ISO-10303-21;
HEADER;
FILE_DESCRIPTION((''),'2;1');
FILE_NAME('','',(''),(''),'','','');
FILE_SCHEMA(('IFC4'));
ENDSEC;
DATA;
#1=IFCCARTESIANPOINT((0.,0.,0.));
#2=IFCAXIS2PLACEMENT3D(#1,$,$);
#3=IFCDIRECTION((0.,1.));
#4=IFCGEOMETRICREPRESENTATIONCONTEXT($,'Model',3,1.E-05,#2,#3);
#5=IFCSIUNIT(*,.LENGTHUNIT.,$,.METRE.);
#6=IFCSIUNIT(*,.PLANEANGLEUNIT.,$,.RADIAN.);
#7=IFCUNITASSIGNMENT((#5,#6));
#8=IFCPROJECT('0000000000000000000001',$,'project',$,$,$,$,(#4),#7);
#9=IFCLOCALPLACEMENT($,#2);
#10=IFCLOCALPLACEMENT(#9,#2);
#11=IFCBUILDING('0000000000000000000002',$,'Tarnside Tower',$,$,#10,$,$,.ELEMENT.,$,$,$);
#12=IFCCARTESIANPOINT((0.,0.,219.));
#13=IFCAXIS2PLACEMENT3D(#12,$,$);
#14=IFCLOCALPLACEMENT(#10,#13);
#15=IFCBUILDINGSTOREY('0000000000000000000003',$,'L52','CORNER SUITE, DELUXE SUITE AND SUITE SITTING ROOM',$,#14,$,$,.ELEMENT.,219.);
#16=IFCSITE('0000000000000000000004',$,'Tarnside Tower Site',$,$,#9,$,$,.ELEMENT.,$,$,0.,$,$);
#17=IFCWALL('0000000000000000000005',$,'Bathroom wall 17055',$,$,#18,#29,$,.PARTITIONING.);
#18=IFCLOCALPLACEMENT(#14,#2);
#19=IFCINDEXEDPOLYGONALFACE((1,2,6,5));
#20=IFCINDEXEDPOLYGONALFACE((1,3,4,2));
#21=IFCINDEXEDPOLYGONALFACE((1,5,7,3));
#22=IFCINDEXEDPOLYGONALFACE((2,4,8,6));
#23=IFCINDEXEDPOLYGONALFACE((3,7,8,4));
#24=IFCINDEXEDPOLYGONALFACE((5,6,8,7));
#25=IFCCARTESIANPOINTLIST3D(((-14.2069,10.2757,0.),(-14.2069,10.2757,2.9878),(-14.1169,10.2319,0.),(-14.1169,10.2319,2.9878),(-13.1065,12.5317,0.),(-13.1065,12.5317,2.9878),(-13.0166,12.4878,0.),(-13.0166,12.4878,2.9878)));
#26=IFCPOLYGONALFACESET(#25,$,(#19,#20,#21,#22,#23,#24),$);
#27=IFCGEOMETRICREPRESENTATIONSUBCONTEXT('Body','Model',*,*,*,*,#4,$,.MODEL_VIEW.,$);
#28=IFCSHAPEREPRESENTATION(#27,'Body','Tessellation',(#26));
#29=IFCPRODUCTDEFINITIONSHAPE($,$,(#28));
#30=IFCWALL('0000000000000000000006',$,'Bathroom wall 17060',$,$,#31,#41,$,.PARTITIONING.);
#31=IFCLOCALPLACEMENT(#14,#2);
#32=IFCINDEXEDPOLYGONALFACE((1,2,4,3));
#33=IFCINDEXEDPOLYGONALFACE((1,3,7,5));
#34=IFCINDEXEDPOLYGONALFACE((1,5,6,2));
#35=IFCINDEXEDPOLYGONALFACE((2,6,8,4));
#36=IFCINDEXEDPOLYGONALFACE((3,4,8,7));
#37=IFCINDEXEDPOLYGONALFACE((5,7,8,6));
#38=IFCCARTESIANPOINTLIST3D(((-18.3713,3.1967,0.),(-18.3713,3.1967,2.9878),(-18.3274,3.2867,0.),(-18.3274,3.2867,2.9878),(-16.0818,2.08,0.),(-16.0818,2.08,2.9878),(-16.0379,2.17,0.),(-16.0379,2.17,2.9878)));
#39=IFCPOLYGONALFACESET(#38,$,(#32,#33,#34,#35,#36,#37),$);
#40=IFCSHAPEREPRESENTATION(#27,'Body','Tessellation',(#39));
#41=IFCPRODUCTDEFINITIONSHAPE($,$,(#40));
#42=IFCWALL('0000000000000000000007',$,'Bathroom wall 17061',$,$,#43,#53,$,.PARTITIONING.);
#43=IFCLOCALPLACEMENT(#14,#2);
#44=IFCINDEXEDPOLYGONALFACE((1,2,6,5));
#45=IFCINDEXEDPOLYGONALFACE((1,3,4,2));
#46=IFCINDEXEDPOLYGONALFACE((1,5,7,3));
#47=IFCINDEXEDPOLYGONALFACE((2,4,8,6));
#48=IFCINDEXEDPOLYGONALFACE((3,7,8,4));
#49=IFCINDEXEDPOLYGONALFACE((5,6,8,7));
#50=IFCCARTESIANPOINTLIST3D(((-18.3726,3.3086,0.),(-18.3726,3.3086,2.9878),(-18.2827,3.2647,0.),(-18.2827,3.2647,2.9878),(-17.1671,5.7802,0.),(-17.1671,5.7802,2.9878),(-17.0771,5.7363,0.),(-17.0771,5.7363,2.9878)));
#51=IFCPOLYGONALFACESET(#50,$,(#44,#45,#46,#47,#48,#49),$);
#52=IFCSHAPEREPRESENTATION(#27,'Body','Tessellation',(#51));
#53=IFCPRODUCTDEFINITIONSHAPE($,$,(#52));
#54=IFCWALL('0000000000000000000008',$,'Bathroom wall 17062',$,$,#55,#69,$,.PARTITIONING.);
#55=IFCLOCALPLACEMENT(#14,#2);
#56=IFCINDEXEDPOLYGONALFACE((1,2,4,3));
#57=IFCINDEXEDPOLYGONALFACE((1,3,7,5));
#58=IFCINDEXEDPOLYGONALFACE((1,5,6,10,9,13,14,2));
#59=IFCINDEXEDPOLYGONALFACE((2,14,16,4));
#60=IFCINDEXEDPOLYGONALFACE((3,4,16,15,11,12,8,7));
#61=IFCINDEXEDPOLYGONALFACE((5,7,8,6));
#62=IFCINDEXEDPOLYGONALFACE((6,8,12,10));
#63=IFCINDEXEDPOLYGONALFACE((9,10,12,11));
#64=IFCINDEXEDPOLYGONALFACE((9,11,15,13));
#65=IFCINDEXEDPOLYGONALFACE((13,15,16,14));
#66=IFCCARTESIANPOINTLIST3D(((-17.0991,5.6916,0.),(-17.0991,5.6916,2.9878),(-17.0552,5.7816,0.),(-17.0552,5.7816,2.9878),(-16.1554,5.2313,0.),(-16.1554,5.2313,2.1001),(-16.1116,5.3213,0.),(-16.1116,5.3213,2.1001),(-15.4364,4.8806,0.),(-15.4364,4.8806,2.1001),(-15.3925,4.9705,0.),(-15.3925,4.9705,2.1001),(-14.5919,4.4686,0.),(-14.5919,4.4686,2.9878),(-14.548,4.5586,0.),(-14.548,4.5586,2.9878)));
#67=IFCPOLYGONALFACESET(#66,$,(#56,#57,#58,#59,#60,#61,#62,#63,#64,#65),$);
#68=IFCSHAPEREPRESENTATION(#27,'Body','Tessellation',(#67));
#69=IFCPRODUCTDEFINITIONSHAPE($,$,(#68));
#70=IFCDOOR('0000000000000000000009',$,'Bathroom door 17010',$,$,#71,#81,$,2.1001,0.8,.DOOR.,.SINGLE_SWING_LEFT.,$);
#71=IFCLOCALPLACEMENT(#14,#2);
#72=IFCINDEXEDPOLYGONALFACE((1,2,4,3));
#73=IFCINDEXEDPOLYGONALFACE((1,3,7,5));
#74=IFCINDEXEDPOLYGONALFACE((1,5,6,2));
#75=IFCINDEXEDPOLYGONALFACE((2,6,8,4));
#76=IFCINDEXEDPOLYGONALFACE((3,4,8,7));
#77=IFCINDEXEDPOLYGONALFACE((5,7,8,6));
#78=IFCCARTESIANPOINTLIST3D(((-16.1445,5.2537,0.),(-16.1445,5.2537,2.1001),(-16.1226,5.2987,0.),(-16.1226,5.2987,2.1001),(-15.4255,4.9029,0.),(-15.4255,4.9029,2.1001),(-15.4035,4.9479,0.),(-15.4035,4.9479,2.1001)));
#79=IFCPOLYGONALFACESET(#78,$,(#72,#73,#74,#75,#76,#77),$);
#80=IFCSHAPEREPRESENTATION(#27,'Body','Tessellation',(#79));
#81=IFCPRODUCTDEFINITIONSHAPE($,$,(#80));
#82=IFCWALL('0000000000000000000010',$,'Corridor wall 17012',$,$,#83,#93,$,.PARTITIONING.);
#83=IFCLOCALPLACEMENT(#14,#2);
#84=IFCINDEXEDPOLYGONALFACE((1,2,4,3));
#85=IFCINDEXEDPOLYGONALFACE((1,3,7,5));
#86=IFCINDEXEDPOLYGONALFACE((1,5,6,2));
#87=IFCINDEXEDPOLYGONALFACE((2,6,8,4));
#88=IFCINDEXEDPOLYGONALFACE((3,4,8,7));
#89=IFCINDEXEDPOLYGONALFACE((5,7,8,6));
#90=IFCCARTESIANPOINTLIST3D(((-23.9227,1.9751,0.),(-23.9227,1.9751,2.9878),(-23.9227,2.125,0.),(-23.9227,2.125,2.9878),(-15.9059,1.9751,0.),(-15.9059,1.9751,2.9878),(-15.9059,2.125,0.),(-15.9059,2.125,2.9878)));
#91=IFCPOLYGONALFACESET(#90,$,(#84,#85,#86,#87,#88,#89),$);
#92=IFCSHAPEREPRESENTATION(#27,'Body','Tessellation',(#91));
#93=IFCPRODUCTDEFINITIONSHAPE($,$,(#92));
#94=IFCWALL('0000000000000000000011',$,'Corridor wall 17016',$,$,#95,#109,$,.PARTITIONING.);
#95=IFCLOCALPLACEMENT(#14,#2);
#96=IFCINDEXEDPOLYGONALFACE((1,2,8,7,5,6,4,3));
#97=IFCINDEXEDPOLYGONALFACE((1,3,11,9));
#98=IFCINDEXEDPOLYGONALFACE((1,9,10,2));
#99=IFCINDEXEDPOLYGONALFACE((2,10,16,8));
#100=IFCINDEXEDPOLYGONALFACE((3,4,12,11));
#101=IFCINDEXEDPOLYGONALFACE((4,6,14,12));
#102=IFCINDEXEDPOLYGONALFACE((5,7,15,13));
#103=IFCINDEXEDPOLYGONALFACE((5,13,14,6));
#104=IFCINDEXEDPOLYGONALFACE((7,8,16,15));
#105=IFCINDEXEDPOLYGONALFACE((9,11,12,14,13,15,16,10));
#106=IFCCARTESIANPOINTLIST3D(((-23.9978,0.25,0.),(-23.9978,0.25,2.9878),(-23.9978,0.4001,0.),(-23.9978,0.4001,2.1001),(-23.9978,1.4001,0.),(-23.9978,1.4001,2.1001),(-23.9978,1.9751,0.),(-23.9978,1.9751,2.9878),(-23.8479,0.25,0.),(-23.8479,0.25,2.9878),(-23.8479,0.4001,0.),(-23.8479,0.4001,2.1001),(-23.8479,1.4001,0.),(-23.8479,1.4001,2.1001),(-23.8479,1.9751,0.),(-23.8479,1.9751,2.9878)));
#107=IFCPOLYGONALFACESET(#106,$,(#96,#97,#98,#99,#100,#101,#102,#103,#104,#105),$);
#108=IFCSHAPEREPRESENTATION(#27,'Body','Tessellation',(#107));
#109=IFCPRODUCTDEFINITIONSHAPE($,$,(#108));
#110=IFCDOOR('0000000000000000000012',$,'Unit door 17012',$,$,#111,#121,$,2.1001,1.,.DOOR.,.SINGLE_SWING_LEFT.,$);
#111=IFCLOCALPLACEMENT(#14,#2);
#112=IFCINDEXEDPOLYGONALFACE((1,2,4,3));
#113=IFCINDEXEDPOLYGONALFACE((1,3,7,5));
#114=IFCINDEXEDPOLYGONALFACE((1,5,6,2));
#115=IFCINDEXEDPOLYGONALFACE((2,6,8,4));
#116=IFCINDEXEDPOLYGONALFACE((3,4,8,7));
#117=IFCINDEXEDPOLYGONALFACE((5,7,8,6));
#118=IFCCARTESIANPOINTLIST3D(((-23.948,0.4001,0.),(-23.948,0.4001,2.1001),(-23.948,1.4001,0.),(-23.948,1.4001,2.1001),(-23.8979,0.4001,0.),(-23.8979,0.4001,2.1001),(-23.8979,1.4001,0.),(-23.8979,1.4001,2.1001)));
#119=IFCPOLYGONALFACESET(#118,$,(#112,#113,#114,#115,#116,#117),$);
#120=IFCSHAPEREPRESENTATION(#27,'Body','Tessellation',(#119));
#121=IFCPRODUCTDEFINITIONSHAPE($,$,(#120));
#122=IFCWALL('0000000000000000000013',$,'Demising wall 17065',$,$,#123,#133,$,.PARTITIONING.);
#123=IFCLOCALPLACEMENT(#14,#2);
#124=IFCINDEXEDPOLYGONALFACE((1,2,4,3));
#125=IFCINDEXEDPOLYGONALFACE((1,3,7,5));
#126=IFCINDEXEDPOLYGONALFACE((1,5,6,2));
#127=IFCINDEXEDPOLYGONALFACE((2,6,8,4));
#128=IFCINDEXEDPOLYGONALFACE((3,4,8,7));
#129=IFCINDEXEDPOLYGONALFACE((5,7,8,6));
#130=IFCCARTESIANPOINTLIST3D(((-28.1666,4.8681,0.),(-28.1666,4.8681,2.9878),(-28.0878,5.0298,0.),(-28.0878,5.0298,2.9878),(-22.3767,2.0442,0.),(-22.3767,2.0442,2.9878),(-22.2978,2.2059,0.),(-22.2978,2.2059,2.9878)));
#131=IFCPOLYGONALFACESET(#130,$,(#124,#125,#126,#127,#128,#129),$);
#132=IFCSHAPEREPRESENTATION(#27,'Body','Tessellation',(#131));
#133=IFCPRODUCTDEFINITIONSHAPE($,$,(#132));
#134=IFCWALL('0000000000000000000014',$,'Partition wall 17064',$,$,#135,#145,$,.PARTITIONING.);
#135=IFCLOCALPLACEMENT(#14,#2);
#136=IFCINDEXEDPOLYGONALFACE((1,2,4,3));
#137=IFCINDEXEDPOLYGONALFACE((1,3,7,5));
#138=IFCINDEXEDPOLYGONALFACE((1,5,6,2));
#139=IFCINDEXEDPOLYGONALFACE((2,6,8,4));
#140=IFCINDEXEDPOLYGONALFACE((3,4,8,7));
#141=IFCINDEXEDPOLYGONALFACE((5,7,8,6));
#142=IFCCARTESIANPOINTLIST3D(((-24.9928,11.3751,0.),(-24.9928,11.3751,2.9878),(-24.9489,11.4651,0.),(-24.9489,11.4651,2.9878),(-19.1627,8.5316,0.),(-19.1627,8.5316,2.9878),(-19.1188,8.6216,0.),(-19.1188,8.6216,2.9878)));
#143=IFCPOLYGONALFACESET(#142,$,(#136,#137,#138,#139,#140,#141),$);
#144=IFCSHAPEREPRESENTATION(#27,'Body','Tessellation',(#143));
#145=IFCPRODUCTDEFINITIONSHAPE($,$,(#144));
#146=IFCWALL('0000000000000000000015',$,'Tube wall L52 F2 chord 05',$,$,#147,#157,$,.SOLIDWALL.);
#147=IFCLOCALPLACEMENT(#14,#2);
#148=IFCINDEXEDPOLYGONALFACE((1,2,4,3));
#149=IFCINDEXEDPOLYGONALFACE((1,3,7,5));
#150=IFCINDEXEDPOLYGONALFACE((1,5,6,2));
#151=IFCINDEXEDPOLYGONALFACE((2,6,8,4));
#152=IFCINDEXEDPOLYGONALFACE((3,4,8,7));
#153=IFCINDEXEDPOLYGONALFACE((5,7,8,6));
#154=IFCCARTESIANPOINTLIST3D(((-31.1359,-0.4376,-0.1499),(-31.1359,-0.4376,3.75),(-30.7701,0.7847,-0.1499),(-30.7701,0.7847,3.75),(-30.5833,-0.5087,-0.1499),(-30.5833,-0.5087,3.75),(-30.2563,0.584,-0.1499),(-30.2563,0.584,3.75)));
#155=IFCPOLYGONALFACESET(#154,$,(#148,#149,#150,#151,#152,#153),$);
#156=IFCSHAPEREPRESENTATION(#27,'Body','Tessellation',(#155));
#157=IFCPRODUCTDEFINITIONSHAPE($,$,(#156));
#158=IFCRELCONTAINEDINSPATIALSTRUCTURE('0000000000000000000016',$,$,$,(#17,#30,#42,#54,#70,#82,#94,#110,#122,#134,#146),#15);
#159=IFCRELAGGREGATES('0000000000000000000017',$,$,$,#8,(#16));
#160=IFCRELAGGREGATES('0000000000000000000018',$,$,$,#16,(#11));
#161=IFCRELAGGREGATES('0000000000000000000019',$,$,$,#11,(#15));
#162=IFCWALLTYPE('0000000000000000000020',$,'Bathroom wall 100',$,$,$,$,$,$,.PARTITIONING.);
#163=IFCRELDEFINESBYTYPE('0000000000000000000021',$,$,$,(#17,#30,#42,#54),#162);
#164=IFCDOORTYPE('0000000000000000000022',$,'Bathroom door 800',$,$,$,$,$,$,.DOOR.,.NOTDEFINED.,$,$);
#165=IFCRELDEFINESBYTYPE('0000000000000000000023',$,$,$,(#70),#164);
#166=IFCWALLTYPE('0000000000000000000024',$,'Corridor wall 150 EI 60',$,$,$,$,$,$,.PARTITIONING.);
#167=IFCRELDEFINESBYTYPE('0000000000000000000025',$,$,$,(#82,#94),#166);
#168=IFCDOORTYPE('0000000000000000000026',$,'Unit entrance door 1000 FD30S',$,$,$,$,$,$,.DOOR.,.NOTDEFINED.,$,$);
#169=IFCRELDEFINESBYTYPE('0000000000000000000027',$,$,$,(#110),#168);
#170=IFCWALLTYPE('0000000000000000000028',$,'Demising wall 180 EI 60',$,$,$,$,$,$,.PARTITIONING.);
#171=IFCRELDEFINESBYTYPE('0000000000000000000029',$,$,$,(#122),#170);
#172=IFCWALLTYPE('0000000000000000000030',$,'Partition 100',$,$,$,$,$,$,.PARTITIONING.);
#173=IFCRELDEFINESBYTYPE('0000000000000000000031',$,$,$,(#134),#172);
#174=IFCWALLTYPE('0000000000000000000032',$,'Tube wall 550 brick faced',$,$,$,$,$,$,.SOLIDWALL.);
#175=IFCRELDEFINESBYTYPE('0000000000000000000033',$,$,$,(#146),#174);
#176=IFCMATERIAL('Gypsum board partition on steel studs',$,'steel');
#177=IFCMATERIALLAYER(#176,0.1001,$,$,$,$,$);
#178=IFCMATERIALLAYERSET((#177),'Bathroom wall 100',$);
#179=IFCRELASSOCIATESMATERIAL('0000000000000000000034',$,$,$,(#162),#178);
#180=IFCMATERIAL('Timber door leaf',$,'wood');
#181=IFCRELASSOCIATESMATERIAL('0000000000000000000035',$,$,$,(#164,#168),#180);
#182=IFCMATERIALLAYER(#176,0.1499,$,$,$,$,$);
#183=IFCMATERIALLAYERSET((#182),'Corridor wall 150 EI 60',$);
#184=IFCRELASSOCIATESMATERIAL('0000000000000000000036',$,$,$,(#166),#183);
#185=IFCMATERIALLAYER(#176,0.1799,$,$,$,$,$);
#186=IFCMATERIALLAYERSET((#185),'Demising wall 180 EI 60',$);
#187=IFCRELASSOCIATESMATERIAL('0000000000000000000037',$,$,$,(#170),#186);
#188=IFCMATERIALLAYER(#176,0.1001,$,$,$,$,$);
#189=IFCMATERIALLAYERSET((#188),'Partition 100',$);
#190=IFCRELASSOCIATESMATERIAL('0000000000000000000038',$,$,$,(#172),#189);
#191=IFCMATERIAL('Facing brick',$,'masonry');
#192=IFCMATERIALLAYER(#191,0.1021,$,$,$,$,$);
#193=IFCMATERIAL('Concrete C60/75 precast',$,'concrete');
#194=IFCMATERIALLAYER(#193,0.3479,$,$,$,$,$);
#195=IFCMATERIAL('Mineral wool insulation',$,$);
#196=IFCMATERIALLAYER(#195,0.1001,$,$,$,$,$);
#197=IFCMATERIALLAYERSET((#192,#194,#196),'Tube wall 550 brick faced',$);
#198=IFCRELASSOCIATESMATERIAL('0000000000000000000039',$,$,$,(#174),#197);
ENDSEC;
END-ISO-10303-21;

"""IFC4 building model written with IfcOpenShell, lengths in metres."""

from ifc_helpers import new_model, si_unit, direction, frame, frame_2d, origin, place, context, subcontext, project, spatial, polyline, rectangle, outline, extrude, material, layer, layer_set, type_object, element, fill, save


model = new_model("IFC4")

# Units and contexts
model_context = context("Model", 3, precision=1e-05, world=origin(), true_north=direction((0.0, 1.0)))
body_context = subcontext(model_context, "Body", "Model", "MODEL_VIEW")
ifc_project = project(units=[si_unit("LENGTHUNIT", "METRE"), si_unit("PLANEANGLEUNIT", "RADIAN")], contexts=[model_context])

# Site, building, storey
site_placement = place(None, origin())
site = spatial("IfcSite", under=ifc_project, at=site_placement, Name="Tarnside Tower Site", CompositionType="ELEMENT", RefElevation=0.0)
building_placement = place(site_placement, origin())
building = spatial("IfcBuilding", under=site, at=building_placement, Name="Tarnside Tower", CompositionType="ELEMENT")
storey_placement = place(building_placement, frame((0.0, 0.0, 219.0)))
storey = spatial("IfcBuildingStorey", under=building, at=storey_placement, Name="L52", Description="CORNER SUITE, DELUXE SUITE AND SUITE SITTING ROOM", CompositionType="ELEMENT", Elevation=219.0)

# Walls
ifc_material_1 = material(Name="Gypsum board partition on steel studs", Category="steel")
ifc_layer_1 = layer(ifc_material_1, 0.1001)
ifc_layer_set_1 = layer_set([ifc_layer_1], Name="Bathroom wall 100")
wall_type_1 = type_object("IfcWallType", Name="Bathroom wall 100", PredefinedType="PARTITIONING", material=ifc_layer_set_1)
wall_1_placement = place(storey_placement, frame((-14.1619, 10.2539, 0.0), z_axis=(0.0, 0.0, 1.0), x_axis=(0.438399, 0.898781, 0.0)))
element("IfcWall", 1, at=wall_1_placement, inside=storey, type_object=wall_type_1, Name="Bathroom wall 17055", PredefinedType="PARTITIONING", context=body_context, shape_type="SweptSolid", body=[
    extrude(rectangle(XDim=2.51, YDim=0.1001, at=frame_2d((1.2549, 0.0))), origin(), (0.0, 0.0, 1.0), 2.9878),
])
wall_2_placement = place(storey_placement, frame((-16.0598, 2.125, 0.0), z_axis=(0.0, 0.0, 1.0), x_axis=(-0.898792, 0.438375, 0.0)))
element("IfcWall", 2, at=wall_2_placement, inside=storey, type_object=wall_type_1, Name="Bathroom wall 17060", PredefinedType="PARTITIONING", context=body_context, shape_type="SweptSolid", body=[
    extrude(rectangle(XDim=2.5474, YDim=0.1001, at=frame_2d((1.2737, 0.0))), origin(), (0.0, 0.0, 1.0), 2.9878),
])
wall_3_placement = place(storey_placement, frame((-18.3276, 3.2866, 0.0), z_axis=(0.0, 0.0, 1.0), x_axis=(0.438385, 0.898787, 0.0)))
element("IfcWall", 3, at=wall_3_placement, inside=storey, type_object=wall_type_1, Name="Bathroom wall 17061", PredefinedType="PARTITIONING", context=body_context, shape_type="SweptSolid", body=[
    extrude(rectangle(XDim=2.75, YDim=0.1001, at=frame_2d((1.375, 0.0))), origin(), (0.0, 0.0, 1.0), 2.9878),
])

# Wall, opening, door
wall_4_placement = place(storey_placement, frame((-17.0771, 5.7366, 0.0), z_axis=(0.0, 0.0, 1.0), x_axis=(0.898778, -0.438405, 0.0)))
wall_4 = element("IfcWall", 4, at=wall_4_placement, inside=storey, type_object=wall_type_1, Name="Bathroom wall 17062", PredefinedType="PARTITIONING", context=body_context, shape_type="SweptSolid", body=[
    extrude(rectangle(XDim=2.7896, YDim=0.1001, at=frame_2d((1.3948, 0.0))), origin(), (0.0, 0.0, 1.0), 2.9878),
])
opening_1_placement = place(wall_4_placement, frame((1.05, 0.0, 0.0)))
opening_1 = element("IfcOpeningElement", 5, at=opening_1_placement, cuts=wall_4, PredefinedType="OPENING", context=body_context, shape_type="SweptSolid", body=[
    extrude(rectangle(XDim=0.8, YDim=2.1001, at=frame_2d((0.3999, 1.05))), frame((0.0, 0.0601, 0.0), z_axis=(0.0, -1.0, 0.0), x_axis=(1.0, 0.0, 0.0)), (0.0, 0.0, 1.0), 0.1201),
])
ifc_material_2 = material(Name="Timber door leaf", Category="wood")
door_type_1 = type_object("IfcDoorType", Name="Bathroom door 800", OperationType="NOTDEFINED", PredefinedType="DOOR", material=ifc_material_2)
door_1_placement = place(opening_1_placement, origin())
door_1 = element("IfcDoor", 6, at=door_1_placement, inside=storey, type_object=door_type_1, Name="Bathroom door 17010", OperationType="SINGLE_SWING_LEFT", OverallHeight=2.1001, OverallWidth=0.8, PredefinedType="DOOR", context=body_context, shape_type="SweptSolid", body=[
    extrude(rectangle(XDim=0.8, YDim=2.1001, at=frame_2d((0.3999, 1.05))), frame((0.0, 0.0249, 0.0), z_axis=(0.0, -1.0, 0.0), x_axis=(1.0, 0.0, 0.0)), (0.0, 0.0, 1.0), 0.05),
])
fill(opening_1, door_1)

# Wall
ifc_layer_2 = layer(ifc_material_1, 0.1499)
ifc_layer_set_2 = layer_set([ifc_layer_2], Name="Corridor wall 150 EI 60")
wall_type_2 = type_object("IfcWallType", Name="Corridor wall 150 EI 60", PredefinedType="PARTITIONING", material=ifc_layer_set_2)
wall_5_placement = place(storey_placement, frame((-15.906, 2.05, 0.0), z_axis=(0.0, 0.0, 1.0), x_axis=(-1.0, 0.0, 0.0)))
element("IfcWall", 7, at=wall_5_placement, inside=storey, type_object=wall_type_2, Name="Corridor wall 17012", PredefinedType="PARTITIONING", context=body_context, shape_type="SweptSolid", body=[
    extrude(rectangle(XDim=8.0168, YDim=0.1499, at=frame_2d((4.0083, 0.0))), origin(), (0.0, 0.0, 1.0), 2.9878),
])

# Wall, opening, door
wall_6_placement = place(storey_placement, frame((-23.9229, 1.9751, 0.0), z_axis=(0.0, 0.0, 1.0), x_axis=(0.0, -1.0, 0.0)))
wall_6 = element("IfcWall", 8, at=wall_6_placement, inside=storey, type_object=wall_type_2, Name="Corridor wall 17016", PredefinedType="PARTITIONING", context=body_context, shape_type="SweptSolid", body=[
    extrude(rectangle(XDim=1.7251, YDim=0.1499, at=frame_2d((0.8625, 0.0))), origin(), (0.0, 0.0, 1.0), 2.9878),
])
opening_2_placement = place(wall_6_placement, frame((0.575, 0.0, 0.0)))
opening_2 = element("IfcOpeningElement", 9, at=opening_2_placement, cuts=wall_6, PredefinedType="OPENING", context=body_context, shape_type="SweptSolid", body=[
    extrude(rectangle(XDim=1.0, YDim=2.1001, at=frame_2d((0.5, 1.05))), frame((0.0, 0.085, 0.0), z_axis=(0.0, -1.0, 0.0), x_axis=(1.0, 0.0, 0.0)), (0.0, 0.0, 1.0), 0.1699),
])
door_type_2 = type_object("IfcDoorType", Name="Unit entrance door 1000 FD30S", OperationType="NOTDEFINED", PredefinedType="DOOR", material=ifc_material_2)
door_2_placement = place(opening_2_placement, origin())
door_2 = element("IfcDoor", 10, at=door_2_placement, inside=storey, type_object=door_type_2, Name="Unit door 17012", OperationType="SINGLE_SWING_LEFT", OverallHeight=2.1001, OverallWidth=1.0, PredefinedType="DOOR", context=body_context, shape_type="SweptSolid", body=[
    extrude(rectangle(XDim=1.0, YDim=2.1001, at=frame_2d((0.5, 1.05))), frame((0.0, 0.0249, 0.0), z_axis=(0.0, -1.0, 0.0), x_axis=(1.0, 0.0, 0.0)), (0.0, 0.0, 1.0), 0.05),
])
fill(opening_2, door_2)

# Walls
ifc_layer_3 = layer(ifc_material_1, 0.1799)
ifc_layer_set_3 = layer_set([ifc_layer_3], Name="Demising wall 180 EI 60")
wall_type_3 = type_object("IfcWallType", Name="Demising wall 180 EI 60", PredefinedType="PARTITIONING", material=ifc_layer_set_3)
wall_7_placement = place(storey_placement, frame((-28.1272, 4.949, 0.0), z_axis=(0.0, 0.0, 1.0), x_axis=(0.898795, -0.438369, 0.0)))
element("IfcWall", 11, at=wall_7_placement, inside=storey, type_object=wall_type_3, Name="Demising wall 17065", PredefinedType="PARTITIONING", context=body_context, shape_type="SweptSolid", body=[
    extrude(rectangle(XDim=6.4419, YDim=0.1799, at=frame_2d((3.2209, 0.0))), origin(), (0.0, 0.0, 1.0), 2.9878),
])
ifc_layer_4 = layer(ifc_material_1, 0.1001)
ifc_layer_set_4 = layer_set([ifc_layer_4], Name="Partition 100")
wall_type_4 = type_object("IfcWallType", Name="Partition 100", PredefinedType="PARTITIONING", material=ifc_layer_set_4)
wall_8_placement = place(storey_placement, frame((-19.1409, 8.5767, 0.0), z_axis=(0.0, 0.0, 1.0), x_axis=(-0.898795, 0.438369, 0.0)))
element("IfcWall", 12, at=wall_8_placement, inside=storey, type_object=wall_type_4, Name="Partition wall 17064", PredefinedType="PARTITIONING", context=body_context, shape_type="SweptSolid", body=[
    extrude(rectangle(XDim=6.4866, YDim=0.1001, at=frame_2d((3.2432, 0.0))), origin(), (0.0, 0.0, 1.0), 2.9878),
])
ifc_material_3 = material(Name="Facing brick", Category="masonry")
ifc_layer_5 = layer(ifc_material_3, 0.1021)
ifc_material_4 = material(Name="Concrete C60/75 precast", Category="concrete")
ifc_layer_6 = layer(ifc_material_4, 0.3479)
ifc_material_5 = material(Name="Mineral wool insulation")
ifc_layer_7 = layer(ifc_material_5, 0.1001)
ifc_layer_set_5 = layer_set([ifc_layer_5, ifc_layer_6, ifc_layer_7], Name="Tube wall 550 brick faced")
wall_type_5 = type_object("IfcWallType", Name="Tube wall 550 brick faced", PredefinedType="SOLIDWALL", material=ifc_layer_set_5)
wall_9_placement = place(storey_placement, frame((-30.5132, 0.6843, -0.1499), z_axis=(0.0, 0.0, 1.0), x_axis=(-0.286736, -0.95801, 0.0)))
element("IfcWall", 13, at=wall_9_placement, inside=storey, type_object=wall_type_5, Name="Tube wall L52 F2 chord 05", PredefinedType="SOLIDWALL", context=body_context, shape_type="SweptSolid", body=[
    extrude(outline(polyline([(-0.0225, -0.2749), (1.2534, -0.2749), (1.1631, 0.2749), (0.0225, 0.2749), (-0.0225, -0.2749)])), origin(), (0.0, 0.0, 1.0), 3.8999),
])

save(model, "model.ifc")
